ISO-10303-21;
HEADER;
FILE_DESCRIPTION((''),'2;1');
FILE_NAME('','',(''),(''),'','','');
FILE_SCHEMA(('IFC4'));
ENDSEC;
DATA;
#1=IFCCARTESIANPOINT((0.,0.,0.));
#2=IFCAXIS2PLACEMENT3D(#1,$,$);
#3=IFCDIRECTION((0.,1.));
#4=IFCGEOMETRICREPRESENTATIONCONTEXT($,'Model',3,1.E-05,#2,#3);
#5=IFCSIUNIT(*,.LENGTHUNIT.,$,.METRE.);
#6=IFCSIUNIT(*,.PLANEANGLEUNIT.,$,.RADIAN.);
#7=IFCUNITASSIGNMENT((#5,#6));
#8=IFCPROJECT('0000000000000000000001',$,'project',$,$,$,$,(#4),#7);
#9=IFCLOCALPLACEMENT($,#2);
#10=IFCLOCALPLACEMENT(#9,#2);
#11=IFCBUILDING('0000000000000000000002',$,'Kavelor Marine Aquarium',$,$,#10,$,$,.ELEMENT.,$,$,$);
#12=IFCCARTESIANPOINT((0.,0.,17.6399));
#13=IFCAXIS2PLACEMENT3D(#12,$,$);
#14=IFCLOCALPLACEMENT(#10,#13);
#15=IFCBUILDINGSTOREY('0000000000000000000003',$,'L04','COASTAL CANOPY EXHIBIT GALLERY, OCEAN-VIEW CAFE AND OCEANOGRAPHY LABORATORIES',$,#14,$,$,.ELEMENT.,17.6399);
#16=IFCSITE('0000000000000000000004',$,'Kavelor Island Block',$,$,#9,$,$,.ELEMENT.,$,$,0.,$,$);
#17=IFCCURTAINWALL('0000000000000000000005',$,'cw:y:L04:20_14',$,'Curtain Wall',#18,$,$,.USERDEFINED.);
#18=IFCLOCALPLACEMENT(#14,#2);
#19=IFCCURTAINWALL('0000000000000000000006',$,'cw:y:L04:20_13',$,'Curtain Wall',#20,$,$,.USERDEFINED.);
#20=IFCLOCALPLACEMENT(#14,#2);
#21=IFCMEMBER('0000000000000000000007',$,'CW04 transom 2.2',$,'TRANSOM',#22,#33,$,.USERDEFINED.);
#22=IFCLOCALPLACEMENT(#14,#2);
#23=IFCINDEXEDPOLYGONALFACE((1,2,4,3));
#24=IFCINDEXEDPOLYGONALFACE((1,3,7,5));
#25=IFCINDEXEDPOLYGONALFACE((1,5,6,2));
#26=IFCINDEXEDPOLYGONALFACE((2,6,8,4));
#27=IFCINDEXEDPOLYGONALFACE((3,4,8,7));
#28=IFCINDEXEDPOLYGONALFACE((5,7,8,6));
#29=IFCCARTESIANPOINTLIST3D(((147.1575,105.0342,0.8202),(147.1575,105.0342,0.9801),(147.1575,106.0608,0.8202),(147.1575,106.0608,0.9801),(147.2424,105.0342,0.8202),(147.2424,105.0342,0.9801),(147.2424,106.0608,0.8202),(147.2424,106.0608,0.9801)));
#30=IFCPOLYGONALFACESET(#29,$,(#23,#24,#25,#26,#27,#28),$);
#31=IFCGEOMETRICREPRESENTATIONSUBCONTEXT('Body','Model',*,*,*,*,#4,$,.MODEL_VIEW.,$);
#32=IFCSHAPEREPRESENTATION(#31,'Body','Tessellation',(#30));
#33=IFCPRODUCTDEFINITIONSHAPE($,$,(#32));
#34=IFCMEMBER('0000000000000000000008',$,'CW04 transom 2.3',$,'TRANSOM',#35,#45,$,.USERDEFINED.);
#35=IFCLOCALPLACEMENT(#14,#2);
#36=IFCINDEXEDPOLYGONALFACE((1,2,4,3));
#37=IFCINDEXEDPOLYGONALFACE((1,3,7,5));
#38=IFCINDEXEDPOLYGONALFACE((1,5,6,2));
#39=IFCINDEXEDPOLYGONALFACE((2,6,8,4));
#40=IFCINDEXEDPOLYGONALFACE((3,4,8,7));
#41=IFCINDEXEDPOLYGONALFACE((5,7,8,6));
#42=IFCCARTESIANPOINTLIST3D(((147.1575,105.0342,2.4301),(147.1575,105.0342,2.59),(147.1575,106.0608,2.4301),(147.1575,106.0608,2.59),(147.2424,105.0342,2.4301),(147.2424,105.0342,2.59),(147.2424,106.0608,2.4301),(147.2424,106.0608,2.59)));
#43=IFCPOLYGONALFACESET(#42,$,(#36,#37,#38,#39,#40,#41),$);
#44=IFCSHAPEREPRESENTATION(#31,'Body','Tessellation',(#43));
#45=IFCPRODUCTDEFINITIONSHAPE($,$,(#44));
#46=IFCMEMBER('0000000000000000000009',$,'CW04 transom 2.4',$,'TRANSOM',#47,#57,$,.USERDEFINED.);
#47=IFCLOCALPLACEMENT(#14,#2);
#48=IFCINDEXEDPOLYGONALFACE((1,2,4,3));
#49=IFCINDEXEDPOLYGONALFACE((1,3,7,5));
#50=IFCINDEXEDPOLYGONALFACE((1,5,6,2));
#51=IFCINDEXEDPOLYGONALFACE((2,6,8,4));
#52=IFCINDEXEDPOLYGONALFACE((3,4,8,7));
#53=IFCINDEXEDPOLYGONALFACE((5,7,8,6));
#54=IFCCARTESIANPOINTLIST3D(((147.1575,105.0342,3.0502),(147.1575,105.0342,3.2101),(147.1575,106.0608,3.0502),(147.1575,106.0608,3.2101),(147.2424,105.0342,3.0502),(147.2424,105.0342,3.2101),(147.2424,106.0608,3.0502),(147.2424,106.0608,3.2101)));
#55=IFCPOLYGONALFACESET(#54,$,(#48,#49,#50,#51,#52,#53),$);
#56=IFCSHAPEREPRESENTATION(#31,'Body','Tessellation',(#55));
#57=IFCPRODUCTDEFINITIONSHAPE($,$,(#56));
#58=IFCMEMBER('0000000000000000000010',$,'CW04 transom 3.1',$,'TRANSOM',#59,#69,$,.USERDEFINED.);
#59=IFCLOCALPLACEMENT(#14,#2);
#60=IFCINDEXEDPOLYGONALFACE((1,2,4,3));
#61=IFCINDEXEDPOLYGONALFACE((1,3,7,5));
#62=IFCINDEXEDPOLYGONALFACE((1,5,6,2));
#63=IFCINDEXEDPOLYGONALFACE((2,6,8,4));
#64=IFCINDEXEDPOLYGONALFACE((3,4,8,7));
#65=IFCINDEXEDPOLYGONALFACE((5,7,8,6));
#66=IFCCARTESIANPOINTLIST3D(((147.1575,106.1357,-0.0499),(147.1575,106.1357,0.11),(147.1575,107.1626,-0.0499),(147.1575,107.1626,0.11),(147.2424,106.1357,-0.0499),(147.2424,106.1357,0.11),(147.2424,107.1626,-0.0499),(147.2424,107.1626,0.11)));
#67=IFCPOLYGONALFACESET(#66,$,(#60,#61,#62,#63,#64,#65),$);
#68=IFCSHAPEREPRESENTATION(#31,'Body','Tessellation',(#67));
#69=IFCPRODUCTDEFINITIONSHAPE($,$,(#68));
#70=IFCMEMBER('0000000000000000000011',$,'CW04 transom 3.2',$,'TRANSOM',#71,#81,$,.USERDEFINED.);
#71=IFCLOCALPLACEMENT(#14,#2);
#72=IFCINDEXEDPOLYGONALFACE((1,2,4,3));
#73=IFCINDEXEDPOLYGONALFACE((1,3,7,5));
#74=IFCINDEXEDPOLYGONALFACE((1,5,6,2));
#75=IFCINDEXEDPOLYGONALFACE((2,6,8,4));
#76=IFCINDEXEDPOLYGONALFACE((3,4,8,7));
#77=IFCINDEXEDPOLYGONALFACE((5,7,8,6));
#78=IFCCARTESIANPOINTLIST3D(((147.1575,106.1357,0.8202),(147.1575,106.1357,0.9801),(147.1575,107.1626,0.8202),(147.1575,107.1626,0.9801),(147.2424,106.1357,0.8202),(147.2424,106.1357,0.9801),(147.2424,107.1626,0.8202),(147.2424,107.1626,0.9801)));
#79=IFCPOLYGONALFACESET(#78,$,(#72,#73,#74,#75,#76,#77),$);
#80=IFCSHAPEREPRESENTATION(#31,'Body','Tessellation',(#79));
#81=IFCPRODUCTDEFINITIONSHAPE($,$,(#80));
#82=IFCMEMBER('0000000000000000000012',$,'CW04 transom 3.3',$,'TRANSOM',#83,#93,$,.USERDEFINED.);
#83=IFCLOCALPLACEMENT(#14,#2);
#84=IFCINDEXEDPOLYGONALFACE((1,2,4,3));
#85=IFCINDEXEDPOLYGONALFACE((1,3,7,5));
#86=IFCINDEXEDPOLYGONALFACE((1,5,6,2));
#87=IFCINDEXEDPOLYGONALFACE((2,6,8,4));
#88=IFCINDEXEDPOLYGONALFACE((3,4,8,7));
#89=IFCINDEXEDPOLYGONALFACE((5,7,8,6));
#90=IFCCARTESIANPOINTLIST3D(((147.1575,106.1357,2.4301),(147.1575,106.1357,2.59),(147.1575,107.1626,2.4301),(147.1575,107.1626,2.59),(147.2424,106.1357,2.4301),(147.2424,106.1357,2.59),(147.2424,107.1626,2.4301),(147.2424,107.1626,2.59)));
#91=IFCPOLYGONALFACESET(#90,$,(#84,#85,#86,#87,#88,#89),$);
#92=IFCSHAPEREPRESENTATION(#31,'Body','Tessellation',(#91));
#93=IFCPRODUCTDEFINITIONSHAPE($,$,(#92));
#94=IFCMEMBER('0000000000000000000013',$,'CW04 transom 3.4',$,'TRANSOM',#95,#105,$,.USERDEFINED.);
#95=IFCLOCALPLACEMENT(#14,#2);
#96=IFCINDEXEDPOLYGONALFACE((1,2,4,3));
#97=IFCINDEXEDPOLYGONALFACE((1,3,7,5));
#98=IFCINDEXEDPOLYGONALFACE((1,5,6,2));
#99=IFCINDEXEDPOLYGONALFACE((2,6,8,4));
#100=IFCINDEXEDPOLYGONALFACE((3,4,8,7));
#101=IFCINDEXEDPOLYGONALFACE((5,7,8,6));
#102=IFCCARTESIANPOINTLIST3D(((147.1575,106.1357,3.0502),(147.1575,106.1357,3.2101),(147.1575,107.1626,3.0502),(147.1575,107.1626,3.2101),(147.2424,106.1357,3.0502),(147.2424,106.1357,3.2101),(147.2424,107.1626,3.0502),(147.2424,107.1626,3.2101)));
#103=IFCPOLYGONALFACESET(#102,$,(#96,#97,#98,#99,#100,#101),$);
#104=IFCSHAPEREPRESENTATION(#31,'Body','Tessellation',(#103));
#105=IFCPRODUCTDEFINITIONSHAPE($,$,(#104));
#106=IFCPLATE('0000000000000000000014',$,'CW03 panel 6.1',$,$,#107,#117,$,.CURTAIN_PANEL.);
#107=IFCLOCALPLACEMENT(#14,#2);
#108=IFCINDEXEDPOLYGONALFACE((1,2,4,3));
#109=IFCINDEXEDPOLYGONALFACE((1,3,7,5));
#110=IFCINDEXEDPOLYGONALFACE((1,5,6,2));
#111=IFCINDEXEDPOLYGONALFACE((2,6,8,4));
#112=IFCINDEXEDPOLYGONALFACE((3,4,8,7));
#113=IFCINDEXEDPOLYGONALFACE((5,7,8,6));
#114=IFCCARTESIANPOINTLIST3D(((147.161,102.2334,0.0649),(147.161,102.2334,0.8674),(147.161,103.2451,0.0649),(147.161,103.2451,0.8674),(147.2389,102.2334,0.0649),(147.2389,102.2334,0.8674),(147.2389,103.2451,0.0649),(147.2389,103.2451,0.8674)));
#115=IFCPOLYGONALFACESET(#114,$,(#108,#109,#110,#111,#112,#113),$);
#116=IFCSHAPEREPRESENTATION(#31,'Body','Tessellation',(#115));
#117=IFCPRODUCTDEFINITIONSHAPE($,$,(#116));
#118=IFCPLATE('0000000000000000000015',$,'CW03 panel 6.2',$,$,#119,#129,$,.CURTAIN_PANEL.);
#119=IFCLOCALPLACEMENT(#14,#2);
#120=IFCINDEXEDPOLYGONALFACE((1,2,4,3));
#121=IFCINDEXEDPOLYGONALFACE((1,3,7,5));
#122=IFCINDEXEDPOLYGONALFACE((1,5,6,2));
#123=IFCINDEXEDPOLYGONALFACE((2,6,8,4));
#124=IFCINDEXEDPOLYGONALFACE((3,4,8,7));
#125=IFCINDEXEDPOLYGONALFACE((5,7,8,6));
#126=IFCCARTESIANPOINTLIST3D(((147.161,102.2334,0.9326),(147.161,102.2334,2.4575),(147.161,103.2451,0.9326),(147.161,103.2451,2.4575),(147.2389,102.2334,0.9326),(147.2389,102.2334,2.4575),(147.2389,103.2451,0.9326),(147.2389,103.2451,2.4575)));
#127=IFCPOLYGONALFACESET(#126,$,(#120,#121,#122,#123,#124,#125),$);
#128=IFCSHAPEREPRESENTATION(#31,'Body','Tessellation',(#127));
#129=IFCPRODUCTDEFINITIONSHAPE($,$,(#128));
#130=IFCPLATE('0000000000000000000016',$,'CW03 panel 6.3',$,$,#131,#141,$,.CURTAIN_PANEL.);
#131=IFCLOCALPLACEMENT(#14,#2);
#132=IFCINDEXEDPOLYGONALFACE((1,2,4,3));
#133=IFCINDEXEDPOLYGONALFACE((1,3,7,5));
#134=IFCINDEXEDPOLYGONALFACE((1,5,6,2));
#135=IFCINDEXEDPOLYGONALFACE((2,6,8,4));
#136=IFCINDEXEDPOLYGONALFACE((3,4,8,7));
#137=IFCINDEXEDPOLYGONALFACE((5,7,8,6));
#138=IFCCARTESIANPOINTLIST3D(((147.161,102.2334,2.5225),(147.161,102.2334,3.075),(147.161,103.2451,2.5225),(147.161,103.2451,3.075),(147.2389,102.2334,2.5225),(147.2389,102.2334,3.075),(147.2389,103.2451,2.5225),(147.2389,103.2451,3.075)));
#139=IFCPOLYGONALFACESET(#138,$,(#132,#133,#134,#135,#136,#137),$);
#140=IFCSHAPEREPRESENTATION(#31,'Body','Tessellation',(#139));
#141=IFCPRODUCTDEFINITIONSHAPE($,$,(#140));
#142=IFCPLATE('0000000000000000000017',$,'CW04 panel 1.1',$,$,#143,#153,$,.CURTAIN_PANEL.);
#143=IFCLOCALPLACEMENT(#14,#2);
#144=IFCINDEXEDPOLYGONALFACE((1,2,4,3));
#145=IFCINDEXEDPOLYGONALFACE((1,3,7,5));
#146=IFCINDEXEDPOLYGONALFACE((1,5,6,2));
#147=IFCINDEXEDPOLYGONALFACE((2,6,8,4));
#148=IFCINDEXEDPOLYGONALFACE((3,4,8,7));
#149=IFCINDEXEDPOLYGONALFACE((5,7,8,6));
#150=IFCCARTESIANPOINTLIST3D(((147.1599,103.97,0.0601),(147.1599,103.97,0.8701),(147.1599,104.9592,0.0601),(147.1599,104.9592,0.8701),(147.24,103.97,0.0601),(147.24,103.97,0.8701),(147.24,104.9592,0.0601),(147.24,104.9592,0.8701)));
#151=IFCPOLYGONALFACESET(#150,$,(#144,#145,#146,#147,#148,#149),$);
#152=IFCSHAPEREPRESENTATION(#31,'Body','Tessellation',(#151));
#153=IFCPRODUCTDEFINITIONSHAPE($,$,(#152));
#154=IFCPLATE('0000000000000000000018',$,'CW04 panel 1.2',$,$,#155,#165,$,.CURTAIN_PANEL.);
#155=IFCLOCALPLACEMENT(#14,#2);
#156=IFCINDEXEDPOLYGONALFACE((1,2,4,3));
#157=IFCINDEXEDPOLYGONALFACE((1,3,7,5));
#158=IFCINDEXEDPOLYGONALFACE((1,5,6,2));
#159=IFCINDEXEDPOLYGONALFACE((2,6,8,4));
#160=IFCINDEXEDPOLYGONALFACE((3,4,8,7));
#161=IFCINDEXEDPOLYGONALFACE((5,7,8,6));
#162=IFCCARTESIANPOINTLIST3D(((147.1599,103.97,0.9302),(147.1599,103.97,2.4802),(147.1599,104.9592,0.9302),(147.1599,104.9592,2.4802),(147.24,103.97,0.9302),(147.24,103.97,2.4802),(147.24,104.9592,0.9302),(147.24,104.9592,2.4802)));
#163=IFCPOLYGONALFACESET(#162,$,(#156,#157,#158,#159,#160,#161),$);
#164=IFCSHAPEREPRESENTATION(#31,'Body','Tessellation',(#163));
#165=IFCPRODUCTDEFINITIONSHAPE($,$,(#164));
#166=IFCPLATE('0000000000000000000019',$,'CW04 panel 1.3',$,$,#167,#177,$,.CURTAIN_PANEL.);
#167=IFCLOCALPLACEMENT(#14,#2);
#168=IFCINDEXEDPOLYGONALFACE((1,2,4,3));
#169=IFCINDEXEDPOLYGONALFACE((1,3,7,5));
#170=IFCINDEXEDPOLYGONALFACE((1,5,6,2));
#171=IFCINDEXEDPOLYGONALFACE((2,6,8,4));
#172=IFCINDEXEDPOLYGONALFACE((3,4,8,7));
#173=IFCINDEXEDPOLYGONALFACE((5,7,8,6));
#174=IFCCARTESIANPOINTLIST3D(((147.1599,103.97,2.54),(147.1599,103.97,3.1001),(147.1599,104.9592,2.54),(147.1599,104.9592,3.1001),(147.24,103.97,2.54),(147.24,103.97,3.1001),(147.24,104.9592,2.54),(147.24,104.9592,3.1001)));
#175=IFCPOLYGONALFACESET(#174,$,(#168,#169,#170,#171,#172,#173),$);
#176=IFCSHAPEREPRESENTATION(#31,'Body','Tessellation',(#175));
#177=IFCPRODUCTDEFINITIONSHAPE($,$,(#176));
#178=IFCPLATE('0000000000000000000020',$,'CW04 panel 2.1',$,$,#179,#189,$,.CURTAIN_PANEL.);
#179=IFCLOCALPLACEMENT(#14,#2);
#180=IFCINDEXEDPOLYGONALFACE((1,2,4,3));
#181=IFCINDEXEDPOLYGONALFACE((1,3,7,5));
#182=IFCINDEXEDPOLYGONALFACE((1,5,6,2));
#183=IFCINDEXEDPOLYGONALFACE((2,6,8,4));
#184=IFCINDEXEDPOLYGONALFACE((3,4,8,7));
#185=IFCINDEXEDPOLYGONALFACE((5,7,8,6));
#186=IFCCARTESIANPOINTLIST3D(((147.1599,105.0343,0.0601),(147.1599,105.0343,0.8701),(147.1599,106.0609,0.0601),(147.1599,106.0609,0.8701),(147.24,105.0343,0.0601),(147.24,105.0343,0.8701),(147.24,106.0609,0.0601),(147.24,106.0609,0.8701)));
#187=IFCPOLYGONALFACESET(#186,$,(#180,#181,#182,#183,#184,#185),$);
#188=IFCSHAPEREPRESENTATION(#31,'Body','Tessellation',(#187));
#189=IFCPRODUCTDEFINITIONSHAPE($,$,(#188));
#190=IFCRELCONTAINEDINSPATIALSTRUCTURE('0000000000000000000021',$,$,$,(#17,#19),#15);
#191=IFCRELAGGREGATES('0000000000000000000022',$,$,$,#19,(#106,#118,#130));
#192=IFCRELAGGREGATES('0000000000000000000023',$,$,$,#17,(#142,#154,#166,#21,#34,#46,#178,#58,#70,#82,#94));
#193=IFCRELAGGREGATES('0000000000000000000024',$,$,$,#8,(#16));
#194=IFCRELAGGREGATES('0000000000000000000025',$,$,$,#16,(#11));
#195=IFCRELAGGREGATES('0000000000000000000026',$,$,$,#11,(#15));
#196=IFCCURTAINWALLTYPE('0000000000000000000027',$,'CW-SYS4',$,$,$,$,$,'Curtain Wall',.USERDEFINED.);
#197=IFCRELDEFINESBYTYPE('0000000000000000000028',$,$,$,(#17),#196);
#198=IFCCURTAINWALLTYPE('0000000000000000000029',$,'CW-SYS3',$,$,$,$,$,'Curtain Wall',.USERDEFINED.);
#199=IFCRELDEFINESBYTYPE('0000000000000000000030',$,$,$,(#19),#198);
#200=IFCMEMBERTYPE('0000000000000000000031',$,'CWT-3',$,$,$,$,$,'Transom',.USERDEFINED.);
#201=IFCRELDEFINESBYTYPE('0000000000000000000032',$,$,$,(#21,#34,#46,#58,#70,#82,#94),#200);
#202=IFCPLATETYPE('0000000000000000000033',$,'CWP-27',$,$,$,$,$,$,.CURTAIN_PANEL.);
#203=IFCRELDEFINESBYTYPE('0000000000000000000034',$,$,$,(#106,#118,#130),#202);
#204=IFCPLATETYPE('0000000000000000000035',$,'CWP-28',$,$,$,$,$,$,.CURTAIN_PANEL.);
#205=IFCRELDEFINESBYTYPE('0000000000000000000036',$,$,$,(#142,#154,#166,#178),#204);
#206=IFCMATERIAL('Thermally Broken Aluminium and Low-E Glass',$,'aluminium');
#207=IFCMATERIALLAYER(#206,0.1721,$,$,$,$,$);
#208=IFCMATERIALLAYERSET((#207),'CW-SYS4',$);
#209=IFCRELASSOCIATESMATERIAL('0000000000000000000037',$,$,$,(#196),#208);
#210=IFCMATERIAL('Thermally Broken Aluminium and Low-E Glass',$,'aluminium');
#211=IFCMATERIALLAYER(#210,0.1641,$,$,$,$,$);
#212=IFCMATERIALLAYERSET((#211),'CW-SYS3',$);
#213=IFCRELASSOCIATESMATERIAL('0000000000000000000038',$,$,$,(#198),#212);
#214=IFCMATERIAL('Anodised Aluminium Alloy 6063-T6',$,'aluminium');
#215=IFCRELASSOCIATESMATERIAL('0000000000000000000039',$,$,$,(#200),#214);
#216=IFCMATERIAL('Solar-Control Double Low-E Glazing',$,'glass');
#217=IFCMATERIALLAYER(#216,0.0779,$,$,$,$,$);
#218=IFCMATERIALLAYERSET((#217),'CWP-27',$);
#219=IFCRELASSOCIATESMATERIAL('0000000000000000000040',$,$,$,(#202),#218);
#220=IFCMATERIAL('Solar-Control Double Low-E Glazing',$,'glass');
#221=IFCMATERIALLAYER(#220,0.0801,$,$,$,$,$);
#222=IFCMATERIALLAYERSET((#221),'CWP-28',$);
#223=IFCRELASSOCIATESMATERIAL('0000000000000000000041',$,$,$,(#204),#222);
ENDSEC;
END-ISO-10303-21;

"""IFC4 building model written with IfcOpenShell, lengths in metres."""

from ifc_helpers import new_model, si_unit, direction, frame, origin, origin_2d, place, context, subcontext, project, spatial, rectangle, extrude, material, layer, layer_set, material_profile, profile_set, type_object, element, aggregate, save


model = new_model("IFC4")

# Units and contexts
model_context = context("Model", 3, precision=1e-05, world=origin(), true_north=direction((0.0, 1.0)))
body_context = subcontext(model_context, "Body", "Model", "MODEL_VIEW")
ifc_project = project(units=[si_unit("LENGTHUNIT", "METRE"), si_unit("PLANEANGLEUNIT", "RADIAN")], contexts=[model_context])

# Site, building, storey
site_placement = place(None, origin())
site = spatial("IfcSite", under=ifc_project, at=site_placement, Name="Kavelor Island Block", CompositionType="ELEMENT", RefElevation=0.0)
building_placement = place(site_placement, origin())
building = spatial("IfcBuilding", under=site, at=building_placement, Name="Kavelor Marine Aquarium", CompositionType="ELEMENT")
storey_placement = place(building_placement, frame((0.0, 0.0, 17.6399)))
storey = spatial("IfcBuildingStorey", under=building, at=storey_placement, Name="L04", Description="COASTAL CANOPY EXHIBIT GALLERY, OCEAN-VIEW CAFE AND OCEANOGRAPHY LABORATORIES", CompositionType="ELEMENT", Elevation=17.6399)

# Curtain walls
ifc_material_1 = material(Name="Thermally Broken Aluminium and Low-E Glass", Category="aluminium")
ifc_layer_1 = layer(ifc_material_1, 0.1721)
ifc_layer_set_1 = layer_set([ifc_layer_1], Name="CW-SYS4")
curtain_wall_type_1 = type_object("IfcCurtainWallType", Name="CW-SYS4", ElementType="Curtain Wall", PredefinedType="USERDEFINED", material=ifc_layer_set_1)
curtain_wall_1_placement = place(storey_placement, origin())
curtain_wall_1 = element("IfcCurtainWall", 1, at=curtain_wall_1_placement, inside=storey, type_object=curtain_wall_type_1, Name="cw:y:L04:20_14", ObjectType="Curtain Wall", PredefinedType="USERDEFINED")
ifc_material_2 = material(Name="Thermally Broken Aluminium and Low-E Glass", Category="aluminium")
ifc_layer_2 = layer(ifc_material_2, 0.1641)
ifc_layer_set_2 = layer_set([ifc_layer_2], Name="CW-SYS3")
curtain_wall_type_2 = type_object("IfcCurtainWallType", Name="CW-SYS3", ElementType="Curtain Wall", PredefinedType="USERDEFINED", material=ifc_layer_set_2)
curtain_wall_2_placement = place(storey_placement, origin())
curtain_wall_2 = element("IfcCurtainWall", 2, at=curtain_wall_2_placement, inside=storey, type_object=curtain_wall_type_2, Name="cw:y:L04:20_13", ObjectType="Curtain Wall", PredefinedType="USERDEFINED")

# Members
ifc_material_3 = material(Name="Anodised Aluminium Alloy 6063-T6", Category="aluminium")
ifc_material_profile_1 = material_profile(ifc_material_3, rectangle(XDim=0.085, YDim=0.1599, at=origin_2d()), Name="CW-TRN 85x160")
ifc_profile_set_1 = profile_set([ifc_material_profile_1], Name="Anodised Aluminium Alloy 6063-T6")
member_type_1 = type_object("IfcMemberType", Name="CWT-3", ElementType="Transom", PredefinedType="USERDEFINED", material=ifc_profile_set_1)
member_1_placement = place(storey_placement, frame((147.2, 105.0342, 0.9001), z_axis=(0.0, 1.0, 0.0), x_axis=(-1.0, 0.0, 0.0)))
member_1 = element("IfcMember", 3, at=member_1_placement, type_object=member_type_1, Name="CW04 transom 2.2", ObjectType="TRANSOM", PredefinedType="USERDEFINED", context=body_context, shape_type="SweptSolid", body=[
    extrude(rectangle(XDim=0.085, YDim=0.1599, at=origin_2d()), origin(), (0.0, 0.0, 1.0), 1.0266),
])
member_2_placement = place(storey_placement, frame((147.2, 105.0342, 2.51), z_axis=(0.0, 1.0, 0.0), x_axis=(-1.0, 0.0, 0.0)))
member_2 = element("IfcMember", 4, at=member_2_placement, type_object=member_type_1, Name="CW04 transom 2.3", ObjectType="TRANSOM", PredefinedType="USERDEFINED", context=body_context, shape_type="SweptSolid", body=[
    extrude(rectangle(XDim=0.085, YDim=0.1599, at=origin_2d()), origin(), (0.0, 0.0, 1.0), 1.0266),
])
member_3_placement = place(storey_placement, frame((147.2, 105.0342, 3.1301), z_axis=(0.0, 1.0, 0.0), x_axis=(-1.0, 0.0, 0.0)))
member_3 = element("IfcMember", 5, at=member_3_placement, type_object=member_type_1, Name="CW04 transom 2.4", ObjectType="TRANSOM", PredefinedType="USERDEFINED", context=body_context, shape_type="SweptSolid", body=[
    extrude(rectangle(XDim=0.085, YDim=0.1599, at=origin_2d()), origin(), (0.0, 0.0, 1.0), 1.0266),
])
member_4_placement = place(storey_placement, frame((147.2, 106.1357, 0.03), z_axis=(0.0, 1.0, 0.0), x_axis=(-1.0, 0.0, 0.0)))
member_4 = element("IfcMember", 6, at=member_4_placement, type_object=member_type_1, Name="CW04 transom 3.1", ObjectType="TRANSOM", PredefinedType="USERDEFINED", context=body_context, shape_type="SweptSolid", body=[
    extrude(rectangle(XDim=0.085, YDim=0.1599, at=origin_2d()), origin(), (0.0, 0.0, 1.0), 1.0269),
])
member_5_placement = place(storey_placement, frame((147.2, 106.1357, 0.9001), z_axis=(0.0, 1.0, 0.0), x_axis=(-1.0, 0.0, 0.0)))
member_5 = element("IfcMember", 7, at=member_5_placement, type_object=member_type_1, Name="CW04 transom 3.2", ObjectType="TRANSOM", PredefinedType="USERDEFINED", context=body_context, shape_type="SweptSolid", body=[
    extrude(rectangle(XDim=0.085, YDim=0.1599, at=origin_2d()), origin(), (0.0, 0.0, 1.0), 1.0269),
])
member_6_placement = place(storey_placement, frame((147.2, 106.1357, 2.51), z_axis=(0.0, 1.0, 0.0), x_axis=(-1.0, 0.0, 0.0)))
member_6 = element("IfcMember", 8, at=member_6_placement, type_object=member_type_1, Name="CW04 transom 3.3", ObjectType="TRANSOM", PredefinedType="USERDEFINED", context=body_context, shape_type="SweptSolid", body=[
    extrude(rectangle(XDim=0.085, YDim=0.1599, at=origin_2d()), origin(), (0.0, 0.0, 1.0), 1.0269),
])
member_7_placement = place(storey_placement, frame((147.2, 106.1357, 3.1301), z_axis=(0.0, 1.0, 0.0), x_axis=(-1.0, 0.0, 0.0)))
member_7 = element("IfcMember", 9, at=member_7_placement, type_object=member_type_1, Name="CW04 transom 3.4", ObjectType="TRANSOM", PredefinedType="USERDEFINED", context=body_context, shape_type="SweptSolid", body=[
    extrude(rectangle(XDim=0.085, YDim=0.1599, at=origin_2d()), origin(), (0.0, 0.0, 1.0), 1.0269),
])

# Plates
ifc_material_4 = material(Name="Solar-Control Double Low-E Glazing", Category="glass")
ifc_layer_3 = layer(ifc_material_4, 0.0779)
ifc_layer_set_3 = layer_set([ifc_layer_3], Name="CWP-27")
plate_type_1 = type_object("IfcPlateType", Name="CWP-27", PredefinedType="CURTAIN_PANEL", material=ifc_layer_set_3)
plate_1_placement = place(storey_placement, frame((147.2, 102.7393, 0.0649), z_axis=(0.0, 0.0, 1.0), x_axis=(0.0, 1.0, 0.0)))
plate_1 = element("IfcPlate", 10, at=plate_1_placement, type_object=plate_type_1, Name="CW03 panel 6.1", PredefinedType="CURTAIN_PANEL", context=body_context, shape_type="SweptSolid", body=[
    extrude(rectangle(XDim=1.0117, YDim=0.0779, at=origin_2d()), origin(), (0.0, 0.0, 1.0), 0.8025),
])
plate_2_placement = place(storey_placement, frame((147.2, 102.7393, 0.9326), z_axis=(0.0, 0.0, 1.0), x_axis=(0.0, 1.0, 0.0)))
plate_2 = element("IfcPlate", 11, at=plate_2_placement, type_object=plate_type_1, Name="CW03 panel 6.2", PredefinedType="CURTAIN_PANEL", context=body_context, shape_type="SweptSolid", body=[
    extrude(rectangle(XDim=1.0117, YDim=0.0779, at=origin_2d()), origin(), (0.0, 0.0, 1.0), 1.5249),
])
plate_3_placement = place(storey_placement, frame((147.2, 102.7393, 2.5225), z_axis=(0.0, 0.0, 1.0), x_axis=(0.0, 1.0, 0.0)))
plate_3 = element("IfcPlate", 12, at=plate_3_placement, type_object=plate_type_1, Name="CW03 panel 6.3", PredefinedType="CURTAIN_PANEL", context=body_context, shape_type="SweptSolid", body=[
    extrude(rectangle(XDim=1.0117, YDim=0.0779, at=origin_2d()), origin(), (0.0, 0.0, 1.0), 0.5525),
])
aggregate(curtain_wall_2, [plate_1, plate_2, plate_3])
ifc_material_5 = material(Name="Solar-Control Double Low-E Glazing", Category="glass")
ifc_layer_4 = layer(ifc_material_5, 0.0801)
ifc_layer_set_4 = layer_set([ifc_layer_4], Name="CWP-28")
plate_type_2 = type_object("IfcPlateType", Name="CWP-28", PredefinedType="CURTAIN_PANEL", material=ifc_layer_set_4)
plate_4_placement = place(storey_placement, frame((147.2, 104.4646, 0.0601), z_axis=(0.0, 0.0, 1.0), x_axis=(0.0, 1.0, 0.0)))
plate_4 = element("IfcPlate", 13, at=plate_4_placement, type_object=plate_type_2, Name="CW04 panel 1.1", PredefinedType="CURTAIN_PANEL", context=body_context, shape_type="SweptSolid", body=[
    extrude(rectangle(XDim=0.9893, YDim=0.0801, at=origin_2d()), origin(), (0.0, 0.0, 1.0), 0.8101),
])
plate_5_placement = place(storey_placement, frame((147.2, 104.4646, 0.9302), z_axis=(0.0, 0.0, 1.0), x_axis=(0.0, 1.0, 0.0)))
plate_5 = element("IfcPlate", 14, at=plate_5_placement, type_object=plate_type_2, Name="CW04 panel 1.2", PredefinedType="CURTAIN_PANEL", context=body_context, shape_type="SweptSolid", body=[
    extrude(rectangle(XDim=0.9893, YDim=0.0801, at=origin_2d()), origin(), (0.0, 0.0, 1.0), 1.55),
])
plate_6_placement = place(storey_placement, frame((147.2, 104.4646, 2.54), z_axis=(0.0, 0.0, 1.0), x_axis=(0.0, 1.0, 0.0)))
plate_6 = element("IfcPlate", 15, at=plate_6_placement, type_object=plate_type_2, Name="CW04 panel 1.3", PredefinedType="CURTAIN_PANEL", context=body_context, shape_type="SweptSolid", body=[
    extrude(rectangle(XDim=0.9893, YDim=0.0801, at=origin_2d()), origin(), (0.0, 0.0, 1.0), 0.5601),
])
plate_7_placement = place(storey_placement, frame((147.2, 105.5476, 0.0601), z_axis=(0.0, 0.0, 1.0), x_axis=(0.0, 1.0, 0.0)))
plate_7 = element("IfcPlate", 16, at=plate_7_placement, type_object=plate_type_2, Name="CW04 panel 2.1", PredefinedType="CURTAIN_PANEL", context=body_context, shape_type="SweptSolid", body=[
    extrude(rectangle(XDim=1.0266, YDim=0.0801, at=origin_2d()), origin(), (0.0, 0.0, 1.0), 0.8101),
])
aggregate(curtain_wall_1, [plate_4, plate_5, plate_6, member_1, member_2, member_3, plate_7, member_4, member_5, member_6, member_7])

save(model, "model.ifc")
